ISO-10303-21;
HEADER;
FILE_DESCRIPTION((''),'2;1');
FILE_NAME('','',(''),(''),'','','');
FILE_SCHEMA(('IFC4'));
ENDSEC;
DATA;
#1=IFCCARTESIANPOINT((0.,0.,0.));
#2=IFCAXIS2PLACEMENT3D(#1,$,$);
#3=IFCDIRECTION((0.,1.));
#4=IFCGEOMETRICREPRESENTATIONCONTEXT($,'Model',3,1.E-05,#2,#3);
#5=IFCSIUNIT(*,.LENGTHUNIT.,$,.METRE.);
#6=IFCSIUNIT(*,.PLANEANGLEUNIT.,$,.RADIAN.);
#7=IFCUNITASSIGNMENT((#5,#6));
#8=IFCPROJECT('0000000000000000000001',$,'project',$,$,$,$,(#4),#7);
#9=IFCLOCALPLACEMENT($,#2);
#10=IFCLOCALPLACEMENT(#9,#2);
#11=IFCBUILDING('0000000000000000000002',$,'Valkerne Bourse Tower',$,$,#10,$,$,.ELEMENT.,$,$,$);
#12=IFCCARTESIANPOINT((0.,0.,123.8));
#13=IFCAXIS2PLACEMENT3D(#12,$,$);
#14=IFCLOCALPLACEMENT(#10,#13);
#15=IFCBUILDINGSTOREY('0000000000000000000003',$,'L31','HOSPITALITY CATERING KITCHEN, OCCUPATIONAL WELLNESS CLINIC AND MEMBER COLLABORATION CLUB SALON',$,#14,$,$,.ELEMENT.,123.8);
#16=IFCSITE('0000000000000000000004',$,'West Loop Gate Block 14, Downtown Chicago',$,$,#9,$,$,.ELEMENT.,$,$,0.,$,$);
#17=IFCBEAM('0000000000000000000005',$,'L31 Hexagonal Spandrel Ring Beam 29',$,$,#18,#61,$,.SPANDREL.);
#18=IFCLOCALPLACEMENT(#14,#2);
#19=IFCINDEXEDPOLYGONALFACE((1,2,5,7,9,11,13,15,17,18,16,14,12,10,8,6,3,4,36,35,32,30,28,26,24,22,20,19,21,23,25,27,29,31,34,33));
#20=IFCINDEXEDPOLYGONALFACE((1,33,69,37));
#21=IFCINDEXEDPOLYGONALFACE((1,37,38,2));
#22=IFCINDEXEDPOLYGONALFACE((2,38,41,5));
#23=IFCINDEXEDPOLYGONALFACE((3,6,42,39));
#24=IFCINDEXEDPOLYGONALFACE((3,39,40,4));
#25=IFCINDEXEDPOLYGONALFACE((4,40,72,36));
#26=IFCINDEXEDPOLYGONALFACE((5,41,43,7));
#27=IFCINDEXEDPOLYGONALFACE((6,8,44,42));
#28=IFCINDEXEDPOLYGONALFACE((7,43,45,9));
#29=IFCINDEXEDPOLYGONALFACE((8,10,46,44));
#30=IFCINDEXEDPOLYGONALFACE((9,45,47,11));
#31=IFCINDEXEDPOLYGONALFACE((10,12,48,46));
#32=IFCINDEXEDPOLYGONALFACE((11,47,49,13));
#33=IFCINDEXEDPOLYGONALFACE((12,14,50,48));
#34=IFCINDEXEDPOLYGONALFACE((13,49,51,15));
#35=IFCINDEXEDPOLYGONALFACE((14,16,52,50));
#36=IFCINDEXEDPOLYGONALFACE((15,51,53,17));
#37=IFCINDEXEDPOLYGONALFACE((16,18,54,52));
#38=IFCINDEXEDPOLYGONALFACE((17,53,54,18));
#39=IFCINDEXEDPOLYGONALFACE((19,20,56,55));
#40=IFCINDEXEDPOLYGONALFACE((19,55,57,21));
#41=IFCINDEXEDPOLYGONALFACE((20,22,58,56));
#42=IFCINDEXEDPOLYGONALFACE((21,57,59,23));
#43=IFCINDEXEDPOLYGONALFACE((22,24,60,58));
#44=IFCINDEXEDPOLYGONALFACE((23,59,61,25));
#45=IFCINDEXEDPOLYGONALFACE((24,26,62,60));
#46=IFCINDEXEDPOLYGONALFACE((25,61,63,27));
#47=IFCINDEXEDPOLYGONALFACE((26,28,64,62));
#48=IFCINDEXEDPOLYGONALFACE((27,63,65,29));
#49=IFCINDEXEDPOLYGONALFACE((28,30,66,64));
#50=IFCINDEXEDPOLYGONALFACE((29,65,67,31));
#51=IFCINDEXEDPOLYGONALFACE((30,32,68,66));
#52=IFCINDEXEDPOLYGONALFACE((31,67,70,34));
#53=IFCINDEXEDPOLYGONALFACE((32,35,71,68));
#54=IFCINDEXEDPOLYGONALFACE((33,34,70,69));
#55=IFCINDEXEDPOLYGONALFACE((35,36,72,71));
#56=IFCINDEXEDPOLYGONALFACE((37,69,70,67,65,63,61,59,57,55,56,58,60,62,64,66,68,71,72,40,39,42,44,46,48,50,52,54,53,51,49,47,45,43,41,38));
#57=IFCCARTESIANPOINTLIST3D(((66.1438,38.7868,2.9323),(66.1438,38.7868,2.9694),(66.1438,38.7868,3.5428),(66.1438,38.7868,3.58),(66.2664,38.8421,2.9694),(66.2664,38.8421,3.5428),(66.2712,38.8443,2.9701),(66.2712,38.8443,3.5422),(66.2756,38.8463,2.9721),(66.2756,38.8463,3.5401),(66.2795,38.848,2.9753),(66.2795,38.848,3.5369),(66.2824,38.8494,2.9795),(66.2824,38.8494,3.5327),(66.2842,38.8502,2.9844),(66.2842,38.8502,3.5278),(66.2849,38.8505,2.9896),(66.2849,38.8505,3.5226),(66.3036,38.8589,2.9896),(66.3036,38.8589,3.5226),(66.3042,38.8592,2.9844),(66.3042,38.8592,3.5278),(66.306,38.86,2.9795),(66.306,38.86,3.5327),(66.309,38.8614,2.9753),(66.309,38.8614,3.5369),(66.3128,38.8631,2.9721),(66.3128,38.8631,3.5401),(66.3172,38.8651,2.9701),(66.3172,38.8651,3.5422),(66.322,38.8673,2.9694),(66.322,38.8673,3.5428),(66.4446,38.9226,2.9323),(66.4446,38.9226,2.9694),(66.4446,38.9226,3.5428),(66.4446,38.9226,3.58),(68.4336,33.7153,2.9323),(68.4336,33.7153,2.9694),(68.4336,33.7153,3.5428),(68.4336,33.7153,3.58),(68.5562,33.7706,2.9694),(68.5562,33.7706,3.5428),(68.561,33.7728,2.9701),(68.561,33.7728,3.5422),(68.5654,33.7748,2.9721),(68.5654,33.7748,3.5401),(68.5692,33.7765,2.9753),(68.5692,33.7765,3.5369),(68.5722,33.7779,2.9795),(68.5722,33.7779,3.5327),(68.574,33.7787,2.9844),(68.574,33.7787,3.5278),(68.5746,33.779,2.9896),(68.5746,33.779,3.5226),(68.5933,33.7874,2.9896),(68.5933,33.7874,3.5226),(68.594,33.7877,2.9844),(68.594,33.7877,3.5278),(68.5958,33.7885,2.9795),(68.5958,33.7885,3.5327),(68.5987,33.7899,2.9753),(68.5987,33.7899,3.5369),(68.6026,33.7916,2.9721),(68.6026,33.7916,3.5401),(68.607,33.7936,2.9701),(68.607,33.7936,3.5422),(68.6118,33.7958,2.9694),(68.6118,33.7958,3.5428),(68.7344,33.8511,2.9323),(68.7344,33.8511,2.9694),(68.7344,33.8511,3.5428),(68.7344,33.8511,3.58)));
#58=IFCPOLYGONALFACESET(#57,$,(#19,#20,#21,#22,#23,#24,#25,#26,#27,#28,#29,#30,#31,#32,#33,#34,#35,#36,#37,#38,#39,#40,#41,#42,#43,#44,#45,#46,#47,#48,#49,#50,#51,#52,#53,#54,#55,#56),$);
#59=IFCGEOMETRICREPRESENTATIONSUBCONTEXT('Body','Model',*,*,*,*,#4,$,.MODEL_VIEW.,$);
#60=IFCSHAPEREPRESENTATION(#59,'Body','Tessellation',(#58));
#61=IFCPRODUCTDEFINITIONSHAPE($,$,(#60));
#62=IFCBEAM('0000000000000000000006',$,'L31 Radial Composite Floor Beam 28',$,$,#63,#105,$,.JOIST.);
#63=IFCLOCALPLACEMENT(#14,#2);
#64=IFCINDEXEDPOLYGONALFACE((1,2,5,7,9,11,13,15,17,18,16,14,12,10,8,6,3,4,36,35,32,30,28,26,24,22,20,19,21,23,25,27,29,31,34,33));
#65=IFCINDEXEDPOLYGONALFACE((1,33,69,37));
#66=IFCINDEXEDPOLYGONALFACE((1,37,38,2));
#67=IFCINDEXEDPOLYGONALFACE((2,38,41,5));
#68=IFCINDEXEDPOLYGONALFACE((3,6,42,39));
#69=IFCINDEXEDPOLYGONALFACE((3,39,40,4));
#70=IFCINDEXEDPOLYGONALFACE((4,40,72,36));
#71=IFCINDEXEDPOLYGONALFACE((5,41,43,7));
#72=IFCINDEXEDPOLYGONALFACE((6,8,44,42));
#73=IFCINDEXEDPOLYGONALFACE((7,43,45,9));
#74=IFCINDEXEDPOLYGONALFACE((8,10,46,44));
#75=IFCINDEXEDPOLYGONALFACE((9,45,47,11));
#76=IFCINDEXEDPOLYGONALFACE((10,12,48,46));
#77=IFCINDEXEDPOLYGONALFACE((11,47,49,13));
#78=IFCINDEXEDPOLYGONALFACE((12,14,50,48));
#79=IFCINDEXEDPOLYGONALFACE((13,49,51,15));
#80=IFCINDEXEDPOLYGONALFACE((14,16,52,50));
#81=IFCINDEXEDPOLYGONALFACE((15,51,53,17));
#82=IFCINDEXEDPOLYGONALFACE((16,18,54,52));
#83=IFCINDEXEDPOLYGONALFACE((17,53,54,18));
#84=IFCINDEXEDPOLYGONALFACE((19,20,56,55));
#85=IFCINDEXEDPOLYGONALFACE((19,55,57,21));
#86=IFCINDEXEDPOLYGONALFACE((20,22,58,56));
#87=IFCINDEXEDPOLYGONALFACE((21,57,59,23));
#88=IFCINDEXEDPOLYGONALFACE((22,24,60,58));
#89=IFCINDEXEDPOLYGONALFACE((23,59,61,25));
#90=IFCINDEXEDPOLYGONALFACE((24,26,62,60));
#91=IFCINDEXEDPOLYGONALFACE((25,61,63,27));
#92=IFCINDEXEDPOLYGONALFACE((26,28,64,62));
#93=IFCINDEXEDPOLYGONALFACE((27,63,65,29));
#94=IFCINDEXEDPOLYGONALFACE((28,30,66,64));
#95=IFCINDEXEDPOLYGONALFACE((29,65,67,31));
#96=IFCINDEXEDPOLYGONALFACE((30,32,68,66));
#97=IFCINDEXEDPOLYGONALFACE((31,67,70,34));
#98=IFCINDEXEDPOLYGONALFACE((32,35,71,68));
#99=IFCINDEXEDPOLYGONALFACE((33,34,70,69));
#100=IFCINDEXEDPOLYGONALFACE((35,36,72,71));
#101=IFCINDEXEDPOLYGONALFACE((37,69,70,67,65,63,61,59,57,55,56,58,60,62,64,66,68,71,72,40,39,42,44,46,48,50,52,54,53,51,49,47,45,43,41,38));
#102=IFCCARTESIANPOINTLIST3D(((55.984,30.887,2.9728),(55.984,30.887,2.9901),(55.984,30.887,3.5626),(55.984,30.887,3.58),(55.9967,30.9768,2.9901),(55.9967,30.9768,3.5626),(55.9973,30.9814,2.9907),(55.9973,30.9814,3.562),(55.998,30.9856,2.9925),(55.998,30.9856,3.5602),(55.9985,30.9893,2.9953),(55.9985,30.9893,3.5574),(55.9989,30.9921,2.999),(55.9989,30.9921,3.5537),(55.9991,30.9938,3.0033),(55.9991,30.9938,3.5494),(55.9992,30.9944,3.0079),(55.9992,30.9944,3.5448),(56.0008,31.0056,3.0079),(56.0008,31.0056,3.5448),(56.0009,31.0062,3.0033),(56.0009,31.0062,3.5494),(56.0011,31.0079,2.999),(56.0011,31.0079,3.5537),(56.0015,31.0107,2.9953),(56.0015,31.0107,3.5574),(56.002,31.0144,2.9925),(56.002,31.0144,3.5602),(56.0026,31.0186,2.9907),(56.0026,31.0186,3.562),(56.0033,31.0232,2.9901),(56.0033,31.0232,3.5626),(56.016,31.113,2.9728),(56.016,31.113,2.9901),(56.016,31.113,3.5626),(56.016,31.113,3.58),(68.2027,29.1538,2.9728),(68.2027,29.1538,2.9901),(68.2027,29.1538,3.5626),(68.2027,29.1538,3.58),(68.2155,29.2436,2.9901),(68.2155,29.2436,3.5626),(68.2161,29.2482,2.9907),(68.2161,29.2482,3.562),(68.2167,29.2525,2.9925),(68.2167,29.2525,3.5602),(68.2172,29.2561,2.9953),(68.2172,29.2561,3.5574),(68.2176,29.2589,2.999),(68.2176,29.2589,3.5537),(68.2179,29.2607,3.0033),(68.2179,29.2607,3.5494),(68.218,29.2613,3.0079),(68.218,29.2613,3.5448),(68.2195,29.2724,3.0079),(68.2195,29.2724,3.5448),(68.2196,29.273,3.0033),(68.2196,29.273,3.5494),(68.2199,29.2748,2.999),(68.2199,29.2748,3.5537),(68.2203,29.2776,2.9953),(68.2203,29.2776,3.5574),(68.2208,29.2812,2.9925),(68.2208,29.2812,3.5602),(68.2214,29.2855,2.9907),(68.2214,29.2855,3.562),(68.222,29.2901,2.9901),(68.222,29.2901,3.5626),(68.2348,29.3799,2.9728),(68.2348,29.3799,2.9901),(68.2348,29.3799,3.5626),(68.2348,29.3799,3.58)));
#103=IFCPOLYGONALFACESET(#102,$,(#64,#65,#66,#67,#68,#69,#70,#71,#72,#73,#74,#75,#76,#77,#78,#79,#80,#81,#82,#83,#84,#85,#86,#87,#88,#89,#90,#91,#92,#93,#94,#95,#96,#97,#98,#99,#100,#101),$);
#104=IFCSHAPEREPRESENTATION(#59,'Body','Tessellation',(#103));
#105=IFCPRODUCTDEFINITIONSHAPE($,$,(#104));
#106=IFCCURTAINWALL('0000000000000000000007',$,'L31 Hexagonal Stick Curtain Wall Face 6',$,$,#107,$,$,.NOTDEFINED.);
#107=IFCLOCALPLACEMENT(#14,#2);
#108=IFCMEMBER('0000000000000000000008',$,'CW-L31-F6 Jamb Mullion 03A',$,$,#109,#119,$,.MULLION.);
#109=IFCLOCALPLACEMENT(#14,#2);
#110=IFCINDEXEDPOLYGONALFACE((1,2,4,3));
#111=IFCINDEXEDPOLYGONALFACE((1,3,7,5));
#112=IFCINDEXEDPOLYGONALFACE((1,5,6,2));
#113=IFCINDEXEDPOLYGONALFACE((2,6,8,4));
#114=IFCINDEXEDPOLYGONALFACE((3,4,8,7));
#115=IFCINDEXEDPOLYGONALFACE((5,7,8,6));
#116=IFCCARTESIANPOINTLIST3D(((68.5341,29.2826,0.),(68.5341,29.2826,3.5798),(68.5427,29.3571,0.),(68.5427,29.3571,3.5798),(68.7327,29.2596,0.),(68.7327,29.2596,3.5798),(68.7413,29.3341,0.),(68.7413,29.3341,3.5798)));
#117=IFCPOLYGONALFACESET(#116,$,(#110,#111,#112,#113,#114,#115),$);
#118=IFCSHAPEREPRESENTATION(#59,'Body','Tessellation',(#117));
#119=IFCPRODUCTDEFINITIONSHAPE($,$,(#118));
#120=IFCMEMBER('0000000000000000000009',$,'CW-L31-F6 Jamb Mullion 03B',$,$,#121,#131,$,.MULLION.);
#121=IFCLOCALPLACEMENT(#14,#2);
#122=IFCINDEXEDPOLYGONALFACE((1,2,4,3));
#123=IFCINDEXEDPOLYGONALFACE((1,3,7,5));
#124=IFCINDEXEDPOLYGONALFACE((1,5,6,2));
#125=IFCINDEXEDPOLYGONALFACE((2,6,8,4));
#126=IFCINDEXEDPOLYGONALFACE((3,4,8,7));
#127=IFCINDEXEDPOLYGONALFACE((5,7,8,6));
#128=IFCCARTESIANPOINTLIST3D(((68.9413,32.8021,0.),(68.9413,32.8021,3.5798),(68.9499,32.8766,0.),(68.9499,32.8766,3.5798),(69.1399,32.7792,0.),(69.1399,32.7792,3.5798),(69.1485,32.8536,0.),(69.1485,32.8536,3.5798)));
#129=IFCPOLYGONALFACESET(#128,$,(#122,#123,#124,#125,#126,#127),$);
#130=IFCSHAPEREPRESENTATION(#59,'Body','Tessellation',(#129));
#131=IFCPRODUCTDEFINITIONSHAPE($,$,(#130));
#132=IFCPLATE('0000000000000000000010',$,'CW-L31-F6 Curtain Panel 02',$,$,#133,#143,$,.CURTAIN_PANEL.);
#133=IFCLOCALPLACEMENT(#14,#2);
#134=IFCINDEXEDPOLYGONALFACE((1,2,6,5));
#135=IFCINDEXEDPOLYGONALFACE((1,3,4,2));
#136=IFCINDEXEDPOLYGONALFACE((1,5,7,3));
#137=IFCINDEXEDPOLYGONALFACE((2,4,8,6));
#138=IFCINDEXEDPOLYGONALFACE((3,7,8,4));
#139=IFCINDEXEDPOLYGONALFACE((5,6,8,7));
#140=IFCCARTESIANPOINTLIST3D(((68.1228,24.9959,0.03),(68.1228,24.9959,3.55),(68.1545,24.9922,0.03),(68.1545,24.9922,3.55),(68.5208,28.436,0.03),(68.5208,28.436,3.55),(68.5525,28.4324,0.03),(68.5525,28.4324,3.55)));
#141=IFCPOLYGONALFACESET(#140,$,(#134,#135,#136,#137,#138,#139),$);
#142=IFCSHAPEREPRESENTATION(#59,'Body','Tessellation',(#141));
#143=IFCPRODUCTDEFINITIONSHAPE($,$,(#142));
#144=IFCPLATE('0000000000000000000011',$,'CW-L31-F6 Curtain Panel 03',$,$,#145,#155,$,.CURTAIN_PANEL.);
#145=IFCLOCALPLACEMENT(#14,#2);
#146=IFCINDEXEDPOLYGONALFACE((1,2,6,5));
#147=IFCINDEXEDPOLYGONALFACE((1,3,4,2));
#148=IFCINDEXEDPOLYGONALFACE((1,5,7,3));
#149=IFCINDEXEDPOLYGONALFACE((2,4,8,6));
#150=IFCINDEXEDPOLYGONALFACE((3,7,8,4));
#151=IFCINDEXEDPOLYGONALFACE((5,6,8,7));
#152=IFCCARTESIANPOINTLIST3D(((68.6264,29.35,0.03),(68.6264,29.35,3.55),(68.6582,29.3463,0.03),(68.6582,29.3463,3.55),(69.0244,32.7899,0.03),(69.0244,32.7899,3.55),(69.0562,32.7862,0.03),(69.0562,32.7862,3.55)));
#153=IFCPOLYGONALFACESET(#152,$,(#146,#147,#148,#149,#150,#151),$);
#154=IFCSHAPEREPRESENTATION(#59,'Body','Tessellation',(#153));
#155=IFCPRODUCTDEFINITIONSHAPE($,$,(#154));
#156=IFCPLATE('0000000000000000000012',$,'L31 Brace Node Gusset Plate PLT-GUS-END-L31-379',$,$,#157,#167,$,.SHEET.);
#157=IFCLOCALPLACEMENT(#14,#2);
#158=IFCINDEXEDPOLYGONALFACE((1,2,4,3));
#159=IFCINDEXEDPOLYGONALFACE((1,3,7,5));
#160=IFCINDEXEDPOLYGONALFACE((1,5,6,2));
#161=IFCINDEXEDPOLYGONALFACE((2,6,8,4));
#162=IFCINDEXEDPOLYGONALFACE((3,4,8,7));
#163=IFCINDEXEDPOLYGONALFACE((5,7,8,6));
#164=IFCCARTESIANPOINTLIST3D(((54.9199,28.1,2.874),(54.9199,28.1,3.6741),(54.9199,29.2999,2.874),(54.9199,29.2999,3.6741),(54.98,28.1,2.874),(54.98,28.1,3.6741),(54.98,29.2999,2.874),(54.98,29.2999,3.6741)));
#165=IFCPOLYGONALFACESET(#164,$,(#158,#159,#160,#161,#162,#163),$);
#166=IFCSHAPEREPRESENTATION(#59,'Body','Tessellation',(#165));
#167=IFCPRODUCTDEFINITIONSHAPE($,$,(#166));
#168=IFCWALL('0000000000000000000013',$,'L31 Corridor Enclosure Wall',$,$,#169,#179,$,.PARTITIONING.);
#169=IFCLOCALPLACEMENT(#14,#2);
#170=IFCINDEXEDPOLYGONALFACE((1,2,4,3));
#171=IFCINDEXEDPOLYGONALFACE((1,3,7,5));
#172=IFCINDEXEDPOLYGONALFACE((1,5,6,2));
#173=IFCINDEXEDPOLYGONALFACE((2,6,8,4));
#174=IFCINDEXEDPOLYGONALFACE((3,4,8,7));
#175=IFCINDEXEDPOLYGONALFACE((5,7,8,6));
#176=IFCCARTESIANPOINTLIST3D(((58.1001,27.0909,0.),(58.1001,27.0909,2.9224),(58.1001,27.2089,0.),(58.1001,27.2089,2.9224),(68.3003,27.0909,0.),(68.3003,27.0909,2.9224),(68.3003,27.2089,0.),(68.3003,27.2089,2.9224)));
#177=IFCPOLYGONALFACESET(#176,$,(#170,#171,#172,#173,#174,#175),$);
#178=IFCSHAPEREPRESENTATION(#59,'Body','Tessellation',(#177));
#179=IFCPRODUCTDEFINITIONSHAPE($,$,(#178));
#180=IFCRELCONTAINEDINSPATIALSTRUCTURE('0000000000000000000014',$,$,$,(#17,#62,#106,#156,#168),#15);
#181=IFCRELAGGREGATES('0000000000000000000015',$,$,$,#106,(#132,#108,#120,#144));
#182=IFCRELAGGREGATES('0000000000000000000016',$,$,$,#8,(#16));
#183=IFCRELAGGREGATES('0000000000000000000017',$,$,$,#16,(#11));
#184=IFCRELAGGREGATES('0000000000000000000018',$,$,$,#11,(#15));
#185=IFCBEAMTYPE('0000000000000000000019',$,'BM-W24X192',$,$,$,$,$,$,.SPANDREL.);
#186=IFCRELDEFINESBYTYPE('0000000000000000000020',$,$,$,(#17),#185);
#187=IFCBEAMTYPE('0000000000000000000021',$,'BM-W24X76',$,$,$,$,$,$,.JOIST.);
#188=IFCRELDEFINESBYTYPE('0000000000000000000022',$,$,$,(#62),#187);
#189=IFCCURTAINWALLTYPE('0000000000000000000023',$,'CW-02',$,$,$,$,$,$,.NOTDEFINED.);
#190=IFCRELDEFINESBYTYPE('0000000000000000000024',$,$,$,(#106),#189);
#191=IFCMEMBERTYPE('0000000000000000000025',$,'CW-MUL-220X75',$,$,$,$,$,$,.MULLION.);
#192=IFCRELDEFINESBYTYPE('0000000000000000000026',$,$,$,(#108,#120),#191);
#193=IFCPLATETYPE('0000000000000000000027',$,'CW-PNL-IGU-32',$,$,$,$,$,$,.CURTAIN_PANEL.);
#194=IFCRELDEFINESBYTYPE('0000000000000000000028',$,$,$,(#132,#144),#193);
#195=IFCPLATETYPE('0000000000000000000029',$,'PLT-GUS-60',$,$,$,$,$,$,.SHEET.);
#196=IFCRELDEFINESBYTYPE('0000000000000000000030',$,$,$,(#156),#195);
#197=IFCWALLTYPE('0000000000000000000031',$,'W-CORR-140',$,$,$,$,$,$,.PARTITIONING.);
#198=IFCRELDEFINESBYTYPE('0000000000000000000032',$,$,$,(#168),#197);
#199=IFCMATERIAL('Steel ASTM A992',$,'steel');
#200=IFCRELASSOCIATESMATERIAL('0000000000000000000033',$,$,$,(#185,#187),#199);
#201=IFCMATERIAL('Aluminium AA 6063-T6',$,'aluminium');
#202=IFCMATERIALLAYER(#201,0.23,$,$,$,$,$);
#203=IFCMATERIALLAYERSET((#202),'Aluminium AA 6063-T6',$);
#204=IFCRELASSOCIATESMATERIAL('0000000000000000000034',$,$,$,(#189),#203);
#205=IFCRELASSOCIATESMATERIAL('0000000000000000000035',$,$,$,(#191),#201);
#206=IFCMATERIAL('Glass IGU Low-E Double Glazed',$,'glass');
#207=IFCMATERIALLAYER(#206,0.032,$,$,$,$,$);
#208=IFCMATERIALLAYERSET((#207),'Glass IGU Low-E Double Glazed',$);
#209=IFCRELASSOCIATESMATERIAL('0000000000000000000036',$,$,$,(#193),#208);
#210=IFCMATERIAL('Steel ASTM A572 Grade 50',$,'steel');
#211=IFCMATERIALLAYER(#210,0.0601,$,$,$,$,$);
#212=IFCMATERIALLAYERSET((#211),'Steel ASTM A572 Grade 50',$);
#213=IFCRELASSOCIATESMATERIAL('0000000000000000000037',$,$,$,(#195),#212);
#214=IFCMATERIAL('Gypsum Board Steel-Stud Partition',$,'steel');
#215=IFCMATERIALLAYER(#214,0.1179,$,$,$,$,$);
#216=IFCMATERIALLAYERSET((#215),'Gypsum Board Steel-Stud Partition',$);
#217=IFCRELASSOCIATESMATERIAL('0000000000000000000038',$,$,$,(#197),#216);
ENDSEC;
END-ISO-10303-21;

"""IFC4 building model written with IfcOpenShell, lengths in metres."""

from ifc_helpers import new_model, si_unit, direction, frame, frame_2d, origin, origin_2d, place, context, subcontext, project, spatial, rectangle, i_section, extrude, material, layer, layer_set, material_profile, profile_set, type_object, element, aggregate, save


model = new_model("IFC4")

# Units and contexts
model_context = context("Model", 3, precision=1e-05, world=origin(), true_north=direction((0.0, 1.0)))
body_context = subcontext(model_context, "Body", "Model", "MODEL_VIEW")
ifc_project = project(units=[si_unit("LENGTHUNIT", "METRE"), si_unit("PLANEANGLEUNIT", "RADIAN")], contexts=[model_context])

# Site, building, storey
site_placement = place(None, origin())
site = spatial("IfcSite", under=ifc_project, at=site_placement, Name="West Loop Gate Block 14, Downtown Chicago", CompositionType="ELEMENT", RefElevation=0.0)
building_placement = place(site_placement, origin())
building = spatial("IfcBuilding", under=site, at=building_placement, Name="Valkerne Bourse Tower", CompositionType="ELEMENT")
storey_placement = place(building_placement, frame((0.0, 0.0, 123.8)))
storey = spatial("IfcBuildingStorey", under=building, at=storey_placement, Name="L31", Description="HOSPITALITY CATERING KITCHEN, OCCUPATIONAL WELLNESS CLINIC AND MEMBER COLLABORATION CLUB SALON", CompositionType="ELEMENT", Elevation=123.8)

# Beams
ifc_material_1 = material(Name="Steel ASTM A992", Category="steel")
ifc_material_profile_1 = material_profile(ifc_material_1, i_section(OverallWidth=0.3301, OverallDepth=0.6477, WebThickness=0.0205, FlangeThickness=0.0371, FilletRadius=0.0203, at=origin_2d()), Name="W24X192")
ifc_profile_set_1 = profile_set([ifc_material_profile_1], Name="Steel ASTM A992")
beam_type_1 = type_object("IfcBeamType", Name="BM-W24X192", PredefinedType="SPANDREL", material=ifc_profile_set_1)
beam_1_placement = place(storey_placement, frame((68.584, 33.7832, 3.2561), z_axis=(-0.411501, 0.911409, 0.0), x_axis=(-0.911409, -0.411501, 0.0)))
element("IfcBeam", 1, at=beam_1_placement, inside=storey, type_object=beam_type_1, Name="L31 Hexagonal Spandrel Ring Beam 29", PredefinedType="SPANDREL", context=body_context, shape_type="SweptSolid", body=[
    extrude(i_section(OverallWidth=0.3301, OverallDepth=0.6477, WebThickness=0.0205, FlangeThickness=0.0371, FilletRadius=0.0203, at=origin_2d()), origin(), (0.0, 0.0, 1.0), 5.5645),
])
ifc_material_profile_2 = material_profile(ifc_material_1, i_section(OverallWidth=0.2283, OverallDepth=0.6072, WebThickness=0.0112, FlangeThickness=0.0173, FilletRadius=0.0178, at=origin_2d()), Name="W24X76")
ifc_profile_set_2 = profile_set([ifc_material_profile_2], Name="Steel ASTM A992")
beam_type_2 = type_object("IfcBeamType", Name="BM-W24X76", PredefinedType="JOIST", material=ifc_profile_set_2)
beam_2_placement = place(storey_placement, frame((68.2188, 29.2668, 3.2764), z_axis=(-0.990089, 0.140438, 0.0), x_axis=(-0.140438, -0.990089, 0.0)))
element("IfcBeam", 2, at=beam_2_placement, inside=storey, type_object=beam_type_2, Name="L31 Radial Composite Floor Beam 28", PredefinedType="JOIST", context=body_context, shape_type="SweptSolid", body=[
    extrude(i_section(OverallWidth=0.2283, OverallDepth=0.6072, WebThickness=0.0112, FlangeThickness=0.0173, FilletRadius=0.0178, at=origin_2d()), origin(), (0.0, 0.0, 1.0), 12.3411),
])

# Curtain wall, members, plates
ifc_material_2 = material(Name="Aluminium AA 6063-T6", Category="aluminium")
ifc_layer_1 = layer(ifc_material_2, 0.23)
ifc_layer_set_1 = layer_set([ifc_layer_1], Name="Aluminium AA 6063-T6")
curtain_wall_type = type_object("IfcCurtainWallType", Name="CW-02", PredefinedType="NOTDEFINED", material=ifc_layer_set_1)
curtain_wall_placement = place(storey_placement, origin())
curtain_wall = element("IfcCurtainWall", 3, at=curtain_wall_placement, inside=storey, type_object=curtain_wall_type, Name="L31 Hexagonal Stick Curtain Wall Face 6", PredefinedType="NOTDEFINED")
ifc_material_profile_3 = material_profile(ifc_material_2, rectangle(XDim=0.075, YDim=0.2, at=origin_2d()), Name="CWM-75X200")
ifc_profile_set_3 = profile_set([ifc_material_profile_3], Name="Aluminium AA 6063-T6")
member_type = type_object("IfcMemberType", Name="CW-MUL-220X75", PredefinedType="MULLION", material=ifc_profile_set_3)
member_1_placement = place(storey_placement, frame((68.6377, 29.3083, 0.0), z_axis=(0.0, 0.0, 1.0), x_axis=(0.114945, 0.993372, 0.0)))
member_1 = element("IfcMember", 4, at=member_1_placement, type_object=member_type, Name="CW-L31-F6 Jamb Mullion 03A", PredefinedType="MULLION", context=body_context, shape_type="SweptSolid", body=[
    extrude(rectangle(XDim=0.075, YDim=0.2, at=origin_2d()), origin(), (0.0, 0.0, 1.0), 3.5798),
])
member_2_placement = place(storey_placement, frame((69.0449, 32.8279, 0.0), z_axis=(0.0, 0.0, 1.0), x_axis=(0.114945, 0.993372, 0.0)))
member_2 = element("IfcMember", 5, at=member_2_placement, type_object=member_type, Name="CW-L31-F6 Jamb Mullion 03B", PredefinedType="MULLION", context=body_context, shape_type="SweptSolid", body=[
    extrude(rectangle(XDim=0.075, YDim=0.2, at=origin_2d()), origin(), (0.0, 0.0, 1.0), 3.5798),
])
ifc_material_3 = material(Name="Glass IGU Low-E Double Glazed", Category="glass")
ifc_layer_2 = layer(ifc_material_3, 0.032)
ifc_layer_set_2 = layer_set([ifc_layer_2], Name="Glass IGU Low-E Double Glazed")
plate_type_1 = type_object("IfcPlateType", Name="CW-PNL-IGU-32", PredefinedType="CURTAIN_PANEL", material=ifc_layer_set_2)
plate_1_placement = place(storey_placement, frame((68.3376, 26.7141, 0.03), z_axis=(0.0, 0.0, 1.0), x_axis=(0.11492, 0.993375, 0.0)))
plate_1 = element("IfcPlate", 6, at=plate_1_placement, type_object=plate_type_1, Name="CW-L31-F6 Curtain Panel 02", PredefinedType="CURTAIN_PANEL", context=body_context, shape_type="SweptSolid", body=[
    extrude(rectangle(XDim=3.4631, YDim=0.032, at=origin_2d()), origin(), (0.0, 0.0, 1.0), 3.52),
])
plate_2_placement = place(storey_placement, frame((68.8413, 31.0681, 0.03), z_axis=(0.0, 0.0, 1.0), x_axis=(0.114945, 0.993372, 0.0)))
plate_2 = element("IfcPlate", 7, at=plate_2_placement, type_object=plate_type_1, Name="CW-L31-F6 Curtain Panel 03", PredefinedType="CURTAIN_PANEL", context=body_context, shape_type="SweptSolid", body=[
    extrude(rectangle(XDim=3.4629, YDim=0.032, at=origin_2d()), origin(), (0.0, 0.0, 1.0), 3.52),
])
aggregate(curtain_wall, [plate_1, member_1, member_2, plate_2])

# Plate
ifc_material_4 = material(Name="Steel ASTM A572 Grade 50", Category="steel")
ifc_layer_3 = layer(ifc_material_4, 0.0601)
ifc_layer_set_3 = layer_set([ifc_layer_3], Name="Steel ASTM A572 Grade 50")
plate_type_2 = type_object("IfcPlateType", Name="PLT-GUS-60", PredefinedType="SHEET", material=ifc_layer_set_3)
plate_3_placement = place(storey_placement, frame((54.95, 28.7, 2.874), z_axis=(0.0, 0.0, 1.0), x_axis=(0.0, 1.0, 0.0)))
element("IfcPlate", 8, at=plate_3_placement, inside=storey, type_object=plate_type_2, Name="L31 Brace Node Gusset Plate PLT-GUS-END-L31-379", PredefinedType="SHEET", context=body_context, shape_type="SweptSolid", body=[
    extrude(rectangle(XDim=1.2, YDim=0.0601, at=origin_2d()), origin(), (0.0, 0.0, 1.0), 0.8),
])

# Wall
ifc_material_5 = material(Name="Gypsum Board Steel-Stud Partition", Category="steel")
ifc_layer_4 = layer(ifc_material_5, 0.1179)
ifc_layer_set_4 = layer_set([ifc_layer_4], Name="Gypsum Board Steel-Stud Partition")
wall_type_1 = type_object("IfcWallType", Name="W-CORR-140", PredefinedType="PARTITIONING", material=ifc_layer_set_4)
wall_1_placement = place(storey_placement, frame((58.1001, 27.1499, 0.0), z_axis=(0.0, 0.0, 1.0), x_axis=(1.0, 0.0, 0.0)))
element("IfcWall", 9, at=wall_1_placement, inside=storey, type_object=wall_type_1, Name="L31 Corridor Enclosure Wall", PredefinedType="PARTITIONING", context=body_context, shape_type="SweptSolid", body=[
    extrude(rectangle(XDim=10.2002, YDim=0.1179, at=frame_2d((5.1001, 0.0))), origin(), (0.0, 0.0, 1.0), 2.9224),
])

save(model, "model.ifc")
